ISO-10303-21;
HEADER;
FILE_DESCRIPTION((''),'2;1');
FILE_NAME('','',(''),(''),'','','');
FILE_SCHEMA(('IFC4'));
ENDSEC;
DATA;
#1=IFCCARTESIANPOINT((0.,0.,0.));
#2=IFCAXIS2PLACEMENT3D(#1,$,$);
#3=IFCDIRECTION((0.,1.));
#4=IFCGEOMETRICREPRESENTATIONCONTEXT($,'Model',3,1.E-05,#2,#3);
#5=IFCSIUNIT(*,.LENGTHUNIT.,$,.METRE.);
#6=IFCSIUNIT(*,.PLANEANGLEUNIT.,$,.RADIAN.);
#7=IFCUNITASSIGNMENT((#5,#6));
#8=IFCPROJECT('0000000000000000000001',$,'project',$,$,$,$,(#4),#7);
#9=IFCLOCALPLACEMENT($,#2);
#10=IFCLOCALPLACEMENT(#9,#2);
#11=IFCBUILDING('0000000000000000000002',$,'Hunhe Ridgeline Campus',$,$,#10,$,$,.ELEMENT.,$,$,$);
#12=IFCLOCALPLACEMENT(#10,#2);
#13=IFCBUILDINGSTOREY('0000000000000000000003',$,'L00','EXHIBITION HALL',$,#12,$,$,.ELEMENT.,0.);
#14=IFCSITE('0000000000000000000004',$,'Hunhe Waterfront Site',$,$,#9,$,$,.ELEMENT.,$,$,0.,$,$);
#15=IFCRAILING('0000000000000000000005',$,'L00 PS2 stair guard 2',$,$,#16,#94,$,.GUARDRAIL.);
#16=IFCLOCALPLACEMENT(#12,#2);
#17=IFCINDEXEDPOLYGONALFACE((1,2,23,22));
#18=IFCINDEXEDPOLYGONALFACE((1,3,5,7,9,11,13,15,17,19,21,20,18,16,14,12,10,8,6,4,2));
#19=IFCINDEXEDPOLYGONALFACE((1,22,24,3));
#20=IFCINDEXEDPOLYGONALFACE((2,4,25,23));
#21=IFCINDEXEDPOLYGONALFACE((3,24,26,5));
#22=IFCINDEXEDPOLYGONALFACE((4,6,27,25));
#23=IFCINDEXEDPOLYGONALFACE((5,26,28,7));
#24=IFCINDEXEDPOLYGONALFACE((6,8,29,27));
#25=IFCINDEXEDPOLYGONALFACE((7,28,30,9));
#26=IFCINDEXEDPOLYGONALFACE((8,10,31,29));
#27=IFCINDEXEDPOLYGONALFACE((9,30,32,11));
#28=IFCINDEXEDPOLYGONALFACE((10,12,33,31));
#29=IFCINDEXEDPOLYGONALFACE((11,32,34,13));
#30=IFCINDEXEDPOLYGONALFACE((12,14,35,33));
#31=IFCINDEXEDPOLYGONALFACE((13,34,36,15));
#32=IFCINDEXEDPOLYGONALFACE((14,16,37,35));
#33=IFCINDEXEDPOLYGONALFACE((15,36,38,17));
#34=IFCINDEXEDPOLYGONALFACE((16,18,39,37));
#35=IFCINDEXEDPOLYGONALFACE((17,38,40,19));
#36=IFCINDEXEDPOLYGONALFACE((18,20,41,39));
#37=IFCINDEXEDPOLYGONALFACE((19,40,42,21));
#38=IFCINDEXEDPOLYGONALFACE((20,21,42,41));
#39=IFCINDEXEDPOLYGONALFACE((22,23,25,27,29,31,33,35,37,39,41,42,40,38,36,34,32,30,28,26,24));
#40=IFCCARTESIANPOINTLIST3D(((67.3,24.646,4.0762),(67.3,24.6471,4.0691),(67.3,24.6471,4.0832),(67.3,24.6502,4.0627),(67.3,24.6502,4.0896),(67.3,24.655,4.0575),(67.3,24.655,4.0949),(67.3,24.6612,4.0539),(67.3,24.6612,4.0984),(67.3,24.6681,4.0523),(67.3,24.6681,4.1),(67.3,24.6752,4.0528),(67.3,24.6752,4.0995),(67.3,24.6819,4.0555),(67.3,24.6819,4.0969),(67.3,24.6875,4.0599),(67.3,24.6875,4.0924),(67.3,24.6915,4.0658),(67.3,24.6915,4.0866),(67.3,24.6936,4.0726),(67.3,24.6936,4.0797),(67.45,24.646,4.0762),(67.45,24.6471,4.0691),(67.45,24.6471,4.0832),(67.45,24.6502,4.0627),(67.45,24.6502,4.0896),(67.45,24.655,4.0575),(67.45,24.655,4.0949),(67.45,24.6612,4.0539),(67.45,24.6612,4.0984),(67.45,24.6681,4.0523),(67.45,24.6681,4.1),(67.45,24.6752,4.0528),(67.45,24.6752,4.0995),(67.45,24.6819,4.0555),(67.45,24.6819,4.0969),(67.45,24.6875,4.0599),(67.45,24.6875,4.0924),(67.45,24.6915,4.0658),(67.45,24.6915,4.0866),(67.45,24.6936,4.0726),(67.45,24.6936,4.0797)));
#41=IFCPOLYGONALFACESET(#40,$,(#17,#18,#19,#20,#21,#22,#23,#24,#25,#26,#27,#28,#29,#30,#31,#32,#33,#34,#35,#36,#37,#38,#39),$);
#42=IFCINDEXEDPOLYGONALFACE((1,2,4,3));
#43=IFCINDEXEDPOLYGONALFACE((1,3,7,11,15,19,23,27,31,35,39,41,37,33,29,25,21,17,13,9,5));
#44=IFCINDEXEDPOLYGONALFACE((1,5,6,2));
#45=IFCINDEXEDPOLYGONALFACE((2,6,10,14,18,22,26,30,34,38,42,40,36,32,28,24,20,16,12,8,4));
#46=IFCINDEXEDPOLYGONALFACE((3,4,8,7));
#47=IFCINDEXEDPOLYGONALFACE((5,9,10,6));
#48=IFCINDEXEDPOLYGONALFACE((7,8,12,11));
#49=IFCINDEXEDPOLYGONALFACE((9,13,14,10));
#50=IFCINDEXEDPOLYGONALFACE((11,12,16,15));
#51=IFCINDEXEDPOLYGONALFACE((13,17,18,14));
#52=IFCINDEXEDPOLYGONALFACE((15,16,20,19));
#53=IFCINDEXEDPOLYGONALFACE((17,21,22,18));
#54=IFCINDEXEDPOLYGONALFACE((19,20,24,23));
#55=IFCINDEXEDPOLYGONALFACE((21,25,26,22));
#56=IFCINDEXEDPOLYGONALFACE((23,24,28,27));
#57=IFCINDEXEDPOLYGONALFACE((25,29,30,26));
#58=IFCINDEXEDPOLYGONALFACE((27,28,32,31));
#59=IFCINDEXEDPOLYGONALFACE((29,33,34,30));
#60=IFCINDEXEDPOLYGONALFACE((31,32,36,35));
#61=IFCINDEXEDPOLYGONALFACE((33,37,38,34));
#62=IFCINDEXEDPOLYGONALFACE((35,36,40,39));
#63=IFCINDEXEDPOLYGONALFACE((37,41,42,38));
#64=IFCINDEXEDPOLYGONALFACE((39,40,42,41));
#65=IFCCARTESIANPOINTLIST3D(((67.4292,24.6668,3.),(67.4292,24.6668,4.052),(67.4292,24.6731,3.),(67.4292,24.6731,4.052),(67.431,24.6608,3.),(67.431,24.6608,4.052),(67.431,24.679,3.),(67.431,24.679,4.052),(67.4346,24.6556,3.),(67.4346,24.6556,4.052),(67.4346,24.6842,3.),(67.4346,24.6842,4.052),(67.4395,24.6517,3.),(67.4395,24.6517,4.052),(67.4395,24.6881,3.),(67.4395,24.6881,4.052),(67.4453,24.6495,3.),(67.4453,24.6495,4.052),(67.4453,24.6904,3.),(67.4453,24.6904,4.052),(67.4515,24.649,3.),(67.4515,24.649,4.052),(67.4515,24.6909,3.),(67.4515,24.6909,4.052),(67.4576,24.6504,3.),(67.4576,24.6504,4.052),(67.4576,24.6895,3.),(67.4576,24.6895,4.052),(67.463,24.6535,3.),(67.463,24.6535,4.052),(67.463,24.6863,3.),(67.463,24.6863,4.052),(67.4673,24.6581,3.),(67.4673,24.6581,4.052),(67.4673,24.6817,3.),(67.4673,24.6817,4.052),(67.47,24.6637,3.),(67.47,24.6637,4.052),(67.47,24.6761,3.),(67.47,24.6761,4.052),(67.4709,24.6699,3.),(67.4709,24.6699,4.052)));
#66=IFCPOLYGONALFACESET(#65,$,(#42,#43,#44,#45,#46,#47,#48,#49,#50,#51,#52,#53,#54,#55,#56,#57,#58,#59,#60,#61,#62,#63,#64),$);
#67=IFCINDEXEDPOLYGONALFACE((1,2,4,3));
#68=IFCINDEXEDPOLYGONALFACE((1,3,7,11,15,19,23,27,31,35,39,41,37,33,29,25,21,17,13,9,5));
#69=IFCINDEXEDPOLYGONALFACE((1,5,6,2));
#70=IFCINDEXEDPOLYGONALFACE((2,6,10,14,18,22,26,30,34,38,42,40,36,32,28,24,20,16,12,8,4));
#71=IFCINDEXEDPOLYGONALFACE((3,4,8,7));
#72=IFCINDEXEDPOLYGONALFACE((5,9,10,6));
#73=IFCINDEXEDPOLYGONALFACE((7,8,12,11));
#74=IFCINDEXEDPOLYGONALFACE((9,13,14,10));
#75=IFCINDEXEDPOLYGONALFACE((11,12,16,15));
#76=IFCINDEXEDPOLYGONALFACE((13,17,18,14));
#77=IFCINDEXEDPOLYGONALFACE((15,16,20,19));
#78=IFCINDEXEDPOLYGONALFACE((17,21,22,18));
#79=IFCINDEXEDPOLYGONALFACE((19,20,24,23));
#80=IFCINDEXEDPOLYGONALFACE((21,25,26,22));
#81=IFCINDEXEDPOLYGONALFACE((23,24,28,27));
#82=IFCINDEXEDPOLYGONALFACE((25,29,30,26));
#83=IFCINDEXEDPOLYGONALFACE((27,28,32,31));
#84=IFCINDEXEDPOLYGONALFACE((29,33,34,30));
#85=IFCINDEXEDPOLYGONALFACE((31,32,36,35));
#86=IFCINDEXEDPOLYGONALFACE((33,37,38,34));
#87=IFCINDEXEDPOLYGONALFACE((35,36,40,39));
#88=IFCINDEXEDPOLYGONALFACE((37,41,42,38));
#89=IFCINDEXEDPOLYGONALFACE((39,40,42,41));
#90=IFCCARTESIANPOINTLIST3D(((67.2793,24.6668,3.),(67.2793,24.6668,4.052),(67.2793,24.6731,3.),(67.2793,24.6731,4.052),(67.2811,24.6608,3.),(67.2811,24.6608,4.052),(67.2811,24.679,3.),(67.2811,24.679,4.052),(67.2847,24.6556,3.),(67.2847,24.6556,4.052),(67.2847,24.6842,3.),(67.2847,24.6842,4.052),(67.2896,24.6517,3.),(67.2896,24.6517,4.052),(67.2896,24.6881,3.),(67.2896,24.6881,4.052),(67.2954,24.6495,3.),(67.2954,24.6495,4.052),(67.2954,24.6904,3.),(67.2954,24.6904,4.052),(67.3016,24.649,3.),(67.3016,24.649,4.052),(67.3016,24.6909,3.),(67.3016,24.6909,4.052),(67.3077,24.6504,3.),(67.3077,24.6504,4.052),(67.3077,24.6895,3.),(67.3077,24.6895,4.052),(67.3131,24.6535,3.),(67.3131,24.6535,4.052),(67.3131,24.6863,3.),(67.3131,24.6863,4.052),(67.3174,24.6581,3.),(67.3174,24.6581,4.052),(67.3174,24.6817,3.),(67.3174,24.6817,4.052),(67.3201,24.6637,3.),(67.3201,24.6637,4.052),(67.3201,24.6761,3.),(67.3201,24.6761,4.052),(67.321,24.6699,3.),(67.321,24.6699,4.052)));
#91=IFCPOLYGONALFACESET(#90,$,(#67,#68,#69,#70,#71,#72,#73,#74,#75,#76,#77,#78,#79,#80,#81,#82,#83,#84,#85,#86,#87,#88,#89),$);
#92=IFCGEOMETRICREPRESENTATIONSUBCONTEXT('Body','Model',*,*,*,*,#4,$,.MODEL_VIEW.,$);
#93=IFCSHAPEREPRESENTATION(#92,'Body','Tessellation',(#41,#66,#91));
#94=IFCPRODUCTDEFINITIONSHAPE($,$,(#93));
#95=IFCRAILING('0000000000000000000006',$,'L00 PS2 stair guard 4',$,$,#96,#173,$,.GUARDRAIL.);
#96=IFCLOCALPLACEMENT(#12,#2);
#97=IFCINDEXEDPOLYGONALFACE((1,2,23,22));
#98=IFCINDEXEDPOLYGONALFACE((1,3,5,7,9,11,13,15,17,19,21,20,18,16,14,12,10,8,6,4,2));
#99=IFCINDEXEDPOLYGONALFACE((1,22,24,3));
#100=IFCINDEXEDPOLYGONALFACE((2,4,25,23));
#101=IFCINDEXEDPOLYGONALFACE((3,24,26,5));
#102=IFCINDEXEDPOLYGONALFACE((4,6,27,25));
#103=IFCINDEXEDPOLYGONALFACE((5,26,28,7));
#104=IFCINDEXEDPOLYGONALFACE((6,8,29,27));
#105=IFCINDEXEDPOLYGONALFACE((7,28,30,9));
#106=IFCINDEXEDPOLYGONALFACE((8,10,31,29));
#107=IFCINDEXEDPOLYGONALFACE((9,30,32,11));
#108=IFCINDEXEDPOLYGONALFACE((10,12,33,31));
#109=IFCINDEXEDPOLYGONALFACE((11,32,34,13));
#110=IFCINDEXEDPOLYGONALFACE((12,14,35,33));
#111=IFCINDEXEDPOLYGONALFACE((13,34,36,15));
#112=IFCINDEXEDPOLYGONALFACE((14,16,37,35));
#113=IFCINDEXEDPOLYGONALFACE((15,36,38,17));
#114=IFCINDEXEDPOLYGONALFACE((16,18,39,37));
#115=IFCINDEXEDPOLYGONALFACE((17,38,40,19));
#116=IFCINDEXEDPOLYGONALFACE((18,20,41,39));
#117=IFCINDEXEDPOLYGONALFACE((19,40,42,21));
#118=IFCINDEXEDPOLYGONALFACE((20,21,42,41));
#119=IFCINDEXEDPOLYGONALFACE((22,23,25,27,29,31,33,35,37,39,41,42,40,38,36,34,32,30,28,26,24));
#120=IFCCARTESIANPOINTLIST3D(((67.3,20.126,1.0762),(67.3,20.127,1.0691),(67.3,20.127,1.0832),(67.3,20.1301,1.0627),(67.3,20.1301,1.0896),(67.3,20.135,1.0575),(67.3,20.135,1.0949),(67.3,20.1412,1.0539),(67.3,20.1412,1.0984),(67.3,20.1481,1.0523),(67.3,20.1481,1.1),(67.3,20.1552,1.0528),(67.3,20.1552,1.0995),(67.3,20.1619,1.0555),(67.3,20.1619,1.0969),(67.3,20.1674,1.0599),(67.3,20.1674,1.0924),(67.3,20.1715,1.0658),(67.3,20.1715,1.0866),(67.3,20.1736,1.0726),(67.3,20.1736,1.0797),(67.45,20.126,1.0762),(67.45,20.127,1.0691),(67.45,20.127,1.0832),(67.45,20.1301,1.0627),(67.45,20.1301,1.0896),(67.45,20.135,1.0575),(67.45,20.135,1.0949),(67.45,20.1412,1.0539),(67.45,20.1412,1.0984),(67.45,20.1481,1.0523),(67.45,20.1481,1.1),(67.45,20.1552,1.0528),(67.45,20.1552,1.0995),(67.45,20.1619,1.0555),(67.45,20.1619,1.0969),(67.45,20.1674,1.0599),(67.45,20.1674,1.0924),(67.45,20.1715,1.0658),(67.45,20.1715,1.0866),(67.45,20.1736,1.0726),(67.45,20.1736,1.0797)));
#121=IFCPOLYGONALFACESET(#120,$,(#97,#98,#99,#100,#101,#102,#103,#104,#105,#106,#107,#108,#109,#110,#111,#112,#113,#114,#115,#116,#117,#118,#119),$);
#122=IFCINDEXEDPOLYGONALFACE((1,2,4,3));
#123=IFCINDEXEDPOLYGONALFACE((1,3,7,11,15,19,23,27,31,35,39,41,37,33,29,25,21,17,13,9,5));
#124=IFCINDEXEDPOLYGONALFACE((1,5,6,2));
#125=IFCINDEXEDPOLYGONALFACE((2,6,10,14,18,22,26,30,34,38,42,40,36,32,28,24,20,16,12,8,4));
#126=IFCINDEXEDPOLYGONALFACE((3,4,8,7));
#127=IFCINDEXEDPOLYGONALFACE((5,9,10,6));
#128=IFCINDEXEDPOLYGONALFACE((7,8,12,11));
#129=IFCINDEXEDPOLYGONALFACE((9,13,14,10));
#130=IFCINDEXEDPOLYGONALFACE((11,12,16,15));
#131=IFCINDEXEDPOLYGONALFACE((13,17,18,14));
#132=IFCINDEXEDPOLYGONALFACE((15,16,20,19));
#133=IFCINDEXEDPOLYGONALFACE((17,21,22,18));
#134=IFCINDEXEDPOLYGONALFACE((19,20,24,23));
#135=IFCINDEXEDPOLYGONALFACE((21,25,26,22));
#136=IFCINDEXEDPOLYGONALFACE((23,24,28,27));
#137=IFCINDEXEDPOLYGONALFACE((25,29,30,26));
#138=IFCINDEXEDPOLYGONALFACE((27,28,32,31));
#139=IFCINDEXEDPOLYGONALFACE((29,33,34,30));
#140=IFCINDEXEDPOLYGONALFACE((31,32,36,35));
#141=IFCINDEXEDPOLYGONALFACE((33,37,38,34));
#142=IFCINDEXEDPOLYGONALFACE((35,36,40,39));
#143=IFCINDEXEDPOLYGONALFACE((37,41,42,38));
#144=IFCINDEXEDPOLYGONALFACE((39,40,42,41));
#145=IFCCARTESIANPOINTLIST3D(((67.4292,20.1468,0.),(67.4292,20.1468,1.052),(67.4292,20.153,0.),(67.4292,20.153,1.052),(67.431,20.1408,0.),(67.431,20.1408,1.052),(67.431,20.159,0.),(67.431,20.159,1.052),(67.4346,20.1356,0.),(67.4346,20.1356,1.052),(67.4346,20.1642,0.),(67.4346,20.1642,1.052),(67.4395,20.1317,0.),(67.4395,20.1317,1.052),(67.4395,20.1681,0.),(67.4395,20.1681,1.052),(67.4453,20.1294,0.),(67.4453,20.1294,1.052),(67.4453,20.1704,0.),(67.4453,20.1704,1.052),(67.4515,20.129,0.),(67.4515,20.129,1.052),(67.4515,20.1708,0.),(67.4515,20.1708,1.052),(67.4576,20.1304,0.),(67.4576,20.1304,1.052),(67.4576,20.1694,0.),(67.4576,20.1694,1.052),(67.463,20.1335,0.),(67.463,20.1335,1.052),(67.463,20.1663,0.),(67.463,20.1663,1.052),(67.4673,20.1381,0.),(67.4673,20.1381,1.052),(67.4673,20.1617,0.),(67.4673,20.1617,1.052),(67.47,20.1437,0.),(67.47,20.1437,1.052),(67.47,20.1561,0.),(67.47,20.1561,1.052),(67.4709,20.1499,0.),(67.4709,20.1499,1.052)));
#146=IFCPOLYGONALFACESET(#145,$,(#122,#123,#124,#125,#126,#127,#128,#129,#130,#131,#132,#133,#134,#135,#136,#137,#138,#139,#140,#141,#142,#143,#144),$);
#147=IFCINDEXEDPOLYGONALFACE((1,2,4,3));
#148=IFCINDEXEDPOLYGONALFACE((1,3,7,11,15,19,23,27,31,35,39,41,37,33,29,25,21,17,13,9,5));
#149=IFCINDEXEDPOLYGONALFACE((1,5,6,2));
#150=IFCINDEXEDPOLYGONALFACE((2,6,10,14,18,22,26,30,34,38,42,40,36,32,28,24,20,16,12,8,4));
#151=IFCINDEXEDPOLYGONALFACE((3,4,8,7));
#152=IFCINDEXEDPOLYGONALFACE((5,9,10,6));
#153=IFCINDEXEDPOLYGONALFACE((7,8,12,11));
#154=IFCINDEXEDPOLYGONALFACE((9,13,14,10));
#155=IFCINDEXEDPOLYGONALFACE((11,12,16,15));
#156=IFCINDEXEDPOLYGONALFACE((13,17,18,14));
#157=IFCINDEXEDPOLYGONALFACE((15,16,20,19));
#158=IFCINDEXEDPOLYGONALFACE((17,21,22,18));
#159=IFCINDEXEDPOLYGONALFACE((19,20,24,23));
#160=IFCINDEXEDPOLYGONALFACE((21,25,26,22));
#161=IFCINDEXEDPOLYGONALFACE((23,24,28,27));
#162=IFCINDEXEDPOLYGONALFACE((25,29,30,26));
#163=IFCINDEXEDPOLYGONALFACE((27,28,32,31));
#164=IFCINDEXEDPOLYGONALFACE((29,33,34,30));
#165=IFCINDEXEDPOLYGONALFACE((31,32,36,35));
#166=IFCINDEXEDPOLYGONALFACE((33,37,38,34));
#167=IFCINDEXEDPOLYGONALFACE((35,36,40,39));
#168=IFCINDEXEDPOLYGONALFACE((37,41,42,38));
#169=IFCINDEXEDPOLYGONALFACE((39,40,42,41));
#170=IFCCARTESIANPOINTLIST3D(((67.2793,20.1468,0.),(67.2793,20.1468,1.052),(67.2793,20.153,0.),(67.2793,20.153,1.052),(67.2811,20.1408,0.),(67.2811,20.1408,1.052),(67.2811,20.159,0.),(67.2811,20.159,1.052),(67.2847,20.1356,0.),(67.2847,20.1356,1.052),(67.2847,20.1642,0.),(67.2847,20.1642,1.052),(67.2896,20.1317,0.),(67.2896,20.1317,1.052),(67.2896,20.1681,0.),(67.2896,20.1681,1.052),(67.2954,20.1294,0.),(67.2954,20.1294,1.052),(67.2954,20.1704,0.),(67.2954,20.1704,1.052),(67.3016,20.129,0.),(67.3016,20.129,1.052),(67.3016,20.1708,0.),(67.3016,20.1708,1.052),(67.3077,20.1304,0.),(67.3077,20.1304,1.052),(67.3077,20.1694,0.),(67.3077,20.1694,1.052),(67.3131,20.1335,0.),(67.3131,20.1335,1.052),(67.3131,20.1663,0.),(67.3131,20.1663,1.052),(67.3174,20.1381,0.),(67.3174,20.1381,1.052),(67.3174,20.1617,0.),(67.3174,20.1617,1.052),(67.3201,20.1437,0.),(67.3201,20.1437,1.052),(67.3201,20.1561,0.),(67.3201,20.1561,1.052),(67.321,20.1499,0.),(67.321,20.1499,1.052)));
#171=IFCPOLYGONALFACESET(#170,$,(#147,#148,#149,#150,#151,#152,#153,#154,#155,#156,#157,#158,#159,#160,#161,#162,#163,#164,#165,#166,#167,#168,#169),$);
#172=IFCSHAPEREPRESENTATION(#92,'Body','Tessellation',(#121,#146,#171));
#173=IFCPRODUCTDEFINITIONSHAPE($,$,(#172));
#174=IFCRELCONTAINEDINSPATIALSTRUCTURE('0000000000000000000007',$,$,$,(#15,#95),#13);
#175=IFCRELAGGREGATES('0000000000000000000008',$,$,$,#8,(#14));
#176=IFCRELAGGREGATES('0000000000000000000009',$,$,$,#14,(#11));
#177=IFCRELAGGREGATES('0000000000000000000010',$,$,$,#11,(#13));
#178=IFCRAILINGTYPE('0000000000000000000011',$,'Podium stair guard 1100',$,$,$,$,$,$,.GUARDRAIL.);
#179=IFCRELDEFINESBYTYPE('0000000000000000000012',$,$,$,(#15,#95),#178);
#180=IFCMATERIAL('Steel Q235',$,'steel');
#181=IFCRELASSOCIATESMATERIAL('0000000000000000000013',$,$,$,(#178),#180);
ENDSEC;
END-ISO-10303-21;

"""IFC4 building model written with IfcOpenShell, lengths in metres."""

from ifc_helpers import new_model, si_unit, direction, frame, origin, origin_2d, place, context, subcontext, project, spatial, circle, extrude, material, type_object, element, save


model = new_model("IFC4")

# Units and contexts
model_context = context("Model", 3, precision=1e-05, world=origin(), true_north=direction((0.0, 1.0)))
body_context = subcontext(model_context, "Body", "Model", "MODEL_VIEW")
ifc_project = project(units=[si_unit("LENGTHUNIT", "METRE"), si_unit("PLANEANGLEUNIT", "RADIAN")], contexts=[model_context])

# Site, building, storey
site_placement = place(None, origin())
site = spatial("IfcSite", under=ifc_project, at=site_placement, Name="Hunhe Waterfront Site", CompositionType="ELEMENT", RefElevation=0.0)
building_placement = place(site_placement, origin())
building = spatial("IfcBuilding", under=site, at=building_placement, Name="Hunhe Ridgeline Campus", CompositionType="ELEMENT")
storey_placement = place(building_placement, origin())
storey = spatial("IfcBuildingStorey", under=building, at=storey_placement, Name="L00", Description="EXHIBITION HALL", CompositionType="ELEMENT", Elevation=0.0)

# Shared definitions
ifc_material_1 = material(Name="Steel Q235", Category="steel")

# Railings
railing_type_1 = type_object("IfcRailingType", Name="Podium stair guard 1100", PredefinedType="GUARDRAIL", material=ifc_material_1)
railing_1_placement = place(storey_placement, frame((67.45, 24.6699, 3.0)))
element("IfcRailing", 1, at=railing_1_placement, inside=storey, type_object=railing_type_1, Name="L00 PS2 stair guard 2", PredefinedType="GUARDRAIL", context=body_context, shape_type="SweptSolid", body=[
    extrude(circle(Radius=0.0239, at=origin_2d()), frame((0.0, 0.0, 1.0762), z_axis=(-1.0, 0.0, 0.0), x_axis=(0.0, -1.0, 0.0)), (0.0, 0.0, 1.0), 0.1499),
    extrude(circle(Radius=0.021, at=origin_2d()), origin(), (0.0, 0.0, 1.0), 1.052),
    extrude(circle(Radius=0.021, at=origin_2d()), frame((-0.1499, 0.0, 0.0)), (0.0, 0.0, 1.0), 1.052),
])
railing_2_placement = place(storey_placement, frame((67.45, 20.1499, 0.0)))
element("IfcRailing", 2, at=railing_2_placement, inside=storey, type_object=railing_type_1, Name="L00 PS2 stair guard 4", PredefinedType="GUARDRAIL", context=body_context, shape_type="SweptSolid", body=[
    extrude(circle(Radius=0.0239, at=origin_2d()), frame((0.0, 0.0, 1.0762), z_axis=(-1.0, 0.0, 0.0), x_axis=(0.0, -1.0, 0.0)), (0.0, 0.0, 1.0), 0.1499),
    extrude(circle(Radius=0.021, at=origin_2d()), origin(), (0.0, 0.0, 1.0), 1.052),
    extrude(circle(Radius=0.021, at=origin_2d()), frame((-0.1499, 0.0, 0.0)), (0.0, 0.0, 1.0), 1.052),
])

save(model, "model.ifc")
